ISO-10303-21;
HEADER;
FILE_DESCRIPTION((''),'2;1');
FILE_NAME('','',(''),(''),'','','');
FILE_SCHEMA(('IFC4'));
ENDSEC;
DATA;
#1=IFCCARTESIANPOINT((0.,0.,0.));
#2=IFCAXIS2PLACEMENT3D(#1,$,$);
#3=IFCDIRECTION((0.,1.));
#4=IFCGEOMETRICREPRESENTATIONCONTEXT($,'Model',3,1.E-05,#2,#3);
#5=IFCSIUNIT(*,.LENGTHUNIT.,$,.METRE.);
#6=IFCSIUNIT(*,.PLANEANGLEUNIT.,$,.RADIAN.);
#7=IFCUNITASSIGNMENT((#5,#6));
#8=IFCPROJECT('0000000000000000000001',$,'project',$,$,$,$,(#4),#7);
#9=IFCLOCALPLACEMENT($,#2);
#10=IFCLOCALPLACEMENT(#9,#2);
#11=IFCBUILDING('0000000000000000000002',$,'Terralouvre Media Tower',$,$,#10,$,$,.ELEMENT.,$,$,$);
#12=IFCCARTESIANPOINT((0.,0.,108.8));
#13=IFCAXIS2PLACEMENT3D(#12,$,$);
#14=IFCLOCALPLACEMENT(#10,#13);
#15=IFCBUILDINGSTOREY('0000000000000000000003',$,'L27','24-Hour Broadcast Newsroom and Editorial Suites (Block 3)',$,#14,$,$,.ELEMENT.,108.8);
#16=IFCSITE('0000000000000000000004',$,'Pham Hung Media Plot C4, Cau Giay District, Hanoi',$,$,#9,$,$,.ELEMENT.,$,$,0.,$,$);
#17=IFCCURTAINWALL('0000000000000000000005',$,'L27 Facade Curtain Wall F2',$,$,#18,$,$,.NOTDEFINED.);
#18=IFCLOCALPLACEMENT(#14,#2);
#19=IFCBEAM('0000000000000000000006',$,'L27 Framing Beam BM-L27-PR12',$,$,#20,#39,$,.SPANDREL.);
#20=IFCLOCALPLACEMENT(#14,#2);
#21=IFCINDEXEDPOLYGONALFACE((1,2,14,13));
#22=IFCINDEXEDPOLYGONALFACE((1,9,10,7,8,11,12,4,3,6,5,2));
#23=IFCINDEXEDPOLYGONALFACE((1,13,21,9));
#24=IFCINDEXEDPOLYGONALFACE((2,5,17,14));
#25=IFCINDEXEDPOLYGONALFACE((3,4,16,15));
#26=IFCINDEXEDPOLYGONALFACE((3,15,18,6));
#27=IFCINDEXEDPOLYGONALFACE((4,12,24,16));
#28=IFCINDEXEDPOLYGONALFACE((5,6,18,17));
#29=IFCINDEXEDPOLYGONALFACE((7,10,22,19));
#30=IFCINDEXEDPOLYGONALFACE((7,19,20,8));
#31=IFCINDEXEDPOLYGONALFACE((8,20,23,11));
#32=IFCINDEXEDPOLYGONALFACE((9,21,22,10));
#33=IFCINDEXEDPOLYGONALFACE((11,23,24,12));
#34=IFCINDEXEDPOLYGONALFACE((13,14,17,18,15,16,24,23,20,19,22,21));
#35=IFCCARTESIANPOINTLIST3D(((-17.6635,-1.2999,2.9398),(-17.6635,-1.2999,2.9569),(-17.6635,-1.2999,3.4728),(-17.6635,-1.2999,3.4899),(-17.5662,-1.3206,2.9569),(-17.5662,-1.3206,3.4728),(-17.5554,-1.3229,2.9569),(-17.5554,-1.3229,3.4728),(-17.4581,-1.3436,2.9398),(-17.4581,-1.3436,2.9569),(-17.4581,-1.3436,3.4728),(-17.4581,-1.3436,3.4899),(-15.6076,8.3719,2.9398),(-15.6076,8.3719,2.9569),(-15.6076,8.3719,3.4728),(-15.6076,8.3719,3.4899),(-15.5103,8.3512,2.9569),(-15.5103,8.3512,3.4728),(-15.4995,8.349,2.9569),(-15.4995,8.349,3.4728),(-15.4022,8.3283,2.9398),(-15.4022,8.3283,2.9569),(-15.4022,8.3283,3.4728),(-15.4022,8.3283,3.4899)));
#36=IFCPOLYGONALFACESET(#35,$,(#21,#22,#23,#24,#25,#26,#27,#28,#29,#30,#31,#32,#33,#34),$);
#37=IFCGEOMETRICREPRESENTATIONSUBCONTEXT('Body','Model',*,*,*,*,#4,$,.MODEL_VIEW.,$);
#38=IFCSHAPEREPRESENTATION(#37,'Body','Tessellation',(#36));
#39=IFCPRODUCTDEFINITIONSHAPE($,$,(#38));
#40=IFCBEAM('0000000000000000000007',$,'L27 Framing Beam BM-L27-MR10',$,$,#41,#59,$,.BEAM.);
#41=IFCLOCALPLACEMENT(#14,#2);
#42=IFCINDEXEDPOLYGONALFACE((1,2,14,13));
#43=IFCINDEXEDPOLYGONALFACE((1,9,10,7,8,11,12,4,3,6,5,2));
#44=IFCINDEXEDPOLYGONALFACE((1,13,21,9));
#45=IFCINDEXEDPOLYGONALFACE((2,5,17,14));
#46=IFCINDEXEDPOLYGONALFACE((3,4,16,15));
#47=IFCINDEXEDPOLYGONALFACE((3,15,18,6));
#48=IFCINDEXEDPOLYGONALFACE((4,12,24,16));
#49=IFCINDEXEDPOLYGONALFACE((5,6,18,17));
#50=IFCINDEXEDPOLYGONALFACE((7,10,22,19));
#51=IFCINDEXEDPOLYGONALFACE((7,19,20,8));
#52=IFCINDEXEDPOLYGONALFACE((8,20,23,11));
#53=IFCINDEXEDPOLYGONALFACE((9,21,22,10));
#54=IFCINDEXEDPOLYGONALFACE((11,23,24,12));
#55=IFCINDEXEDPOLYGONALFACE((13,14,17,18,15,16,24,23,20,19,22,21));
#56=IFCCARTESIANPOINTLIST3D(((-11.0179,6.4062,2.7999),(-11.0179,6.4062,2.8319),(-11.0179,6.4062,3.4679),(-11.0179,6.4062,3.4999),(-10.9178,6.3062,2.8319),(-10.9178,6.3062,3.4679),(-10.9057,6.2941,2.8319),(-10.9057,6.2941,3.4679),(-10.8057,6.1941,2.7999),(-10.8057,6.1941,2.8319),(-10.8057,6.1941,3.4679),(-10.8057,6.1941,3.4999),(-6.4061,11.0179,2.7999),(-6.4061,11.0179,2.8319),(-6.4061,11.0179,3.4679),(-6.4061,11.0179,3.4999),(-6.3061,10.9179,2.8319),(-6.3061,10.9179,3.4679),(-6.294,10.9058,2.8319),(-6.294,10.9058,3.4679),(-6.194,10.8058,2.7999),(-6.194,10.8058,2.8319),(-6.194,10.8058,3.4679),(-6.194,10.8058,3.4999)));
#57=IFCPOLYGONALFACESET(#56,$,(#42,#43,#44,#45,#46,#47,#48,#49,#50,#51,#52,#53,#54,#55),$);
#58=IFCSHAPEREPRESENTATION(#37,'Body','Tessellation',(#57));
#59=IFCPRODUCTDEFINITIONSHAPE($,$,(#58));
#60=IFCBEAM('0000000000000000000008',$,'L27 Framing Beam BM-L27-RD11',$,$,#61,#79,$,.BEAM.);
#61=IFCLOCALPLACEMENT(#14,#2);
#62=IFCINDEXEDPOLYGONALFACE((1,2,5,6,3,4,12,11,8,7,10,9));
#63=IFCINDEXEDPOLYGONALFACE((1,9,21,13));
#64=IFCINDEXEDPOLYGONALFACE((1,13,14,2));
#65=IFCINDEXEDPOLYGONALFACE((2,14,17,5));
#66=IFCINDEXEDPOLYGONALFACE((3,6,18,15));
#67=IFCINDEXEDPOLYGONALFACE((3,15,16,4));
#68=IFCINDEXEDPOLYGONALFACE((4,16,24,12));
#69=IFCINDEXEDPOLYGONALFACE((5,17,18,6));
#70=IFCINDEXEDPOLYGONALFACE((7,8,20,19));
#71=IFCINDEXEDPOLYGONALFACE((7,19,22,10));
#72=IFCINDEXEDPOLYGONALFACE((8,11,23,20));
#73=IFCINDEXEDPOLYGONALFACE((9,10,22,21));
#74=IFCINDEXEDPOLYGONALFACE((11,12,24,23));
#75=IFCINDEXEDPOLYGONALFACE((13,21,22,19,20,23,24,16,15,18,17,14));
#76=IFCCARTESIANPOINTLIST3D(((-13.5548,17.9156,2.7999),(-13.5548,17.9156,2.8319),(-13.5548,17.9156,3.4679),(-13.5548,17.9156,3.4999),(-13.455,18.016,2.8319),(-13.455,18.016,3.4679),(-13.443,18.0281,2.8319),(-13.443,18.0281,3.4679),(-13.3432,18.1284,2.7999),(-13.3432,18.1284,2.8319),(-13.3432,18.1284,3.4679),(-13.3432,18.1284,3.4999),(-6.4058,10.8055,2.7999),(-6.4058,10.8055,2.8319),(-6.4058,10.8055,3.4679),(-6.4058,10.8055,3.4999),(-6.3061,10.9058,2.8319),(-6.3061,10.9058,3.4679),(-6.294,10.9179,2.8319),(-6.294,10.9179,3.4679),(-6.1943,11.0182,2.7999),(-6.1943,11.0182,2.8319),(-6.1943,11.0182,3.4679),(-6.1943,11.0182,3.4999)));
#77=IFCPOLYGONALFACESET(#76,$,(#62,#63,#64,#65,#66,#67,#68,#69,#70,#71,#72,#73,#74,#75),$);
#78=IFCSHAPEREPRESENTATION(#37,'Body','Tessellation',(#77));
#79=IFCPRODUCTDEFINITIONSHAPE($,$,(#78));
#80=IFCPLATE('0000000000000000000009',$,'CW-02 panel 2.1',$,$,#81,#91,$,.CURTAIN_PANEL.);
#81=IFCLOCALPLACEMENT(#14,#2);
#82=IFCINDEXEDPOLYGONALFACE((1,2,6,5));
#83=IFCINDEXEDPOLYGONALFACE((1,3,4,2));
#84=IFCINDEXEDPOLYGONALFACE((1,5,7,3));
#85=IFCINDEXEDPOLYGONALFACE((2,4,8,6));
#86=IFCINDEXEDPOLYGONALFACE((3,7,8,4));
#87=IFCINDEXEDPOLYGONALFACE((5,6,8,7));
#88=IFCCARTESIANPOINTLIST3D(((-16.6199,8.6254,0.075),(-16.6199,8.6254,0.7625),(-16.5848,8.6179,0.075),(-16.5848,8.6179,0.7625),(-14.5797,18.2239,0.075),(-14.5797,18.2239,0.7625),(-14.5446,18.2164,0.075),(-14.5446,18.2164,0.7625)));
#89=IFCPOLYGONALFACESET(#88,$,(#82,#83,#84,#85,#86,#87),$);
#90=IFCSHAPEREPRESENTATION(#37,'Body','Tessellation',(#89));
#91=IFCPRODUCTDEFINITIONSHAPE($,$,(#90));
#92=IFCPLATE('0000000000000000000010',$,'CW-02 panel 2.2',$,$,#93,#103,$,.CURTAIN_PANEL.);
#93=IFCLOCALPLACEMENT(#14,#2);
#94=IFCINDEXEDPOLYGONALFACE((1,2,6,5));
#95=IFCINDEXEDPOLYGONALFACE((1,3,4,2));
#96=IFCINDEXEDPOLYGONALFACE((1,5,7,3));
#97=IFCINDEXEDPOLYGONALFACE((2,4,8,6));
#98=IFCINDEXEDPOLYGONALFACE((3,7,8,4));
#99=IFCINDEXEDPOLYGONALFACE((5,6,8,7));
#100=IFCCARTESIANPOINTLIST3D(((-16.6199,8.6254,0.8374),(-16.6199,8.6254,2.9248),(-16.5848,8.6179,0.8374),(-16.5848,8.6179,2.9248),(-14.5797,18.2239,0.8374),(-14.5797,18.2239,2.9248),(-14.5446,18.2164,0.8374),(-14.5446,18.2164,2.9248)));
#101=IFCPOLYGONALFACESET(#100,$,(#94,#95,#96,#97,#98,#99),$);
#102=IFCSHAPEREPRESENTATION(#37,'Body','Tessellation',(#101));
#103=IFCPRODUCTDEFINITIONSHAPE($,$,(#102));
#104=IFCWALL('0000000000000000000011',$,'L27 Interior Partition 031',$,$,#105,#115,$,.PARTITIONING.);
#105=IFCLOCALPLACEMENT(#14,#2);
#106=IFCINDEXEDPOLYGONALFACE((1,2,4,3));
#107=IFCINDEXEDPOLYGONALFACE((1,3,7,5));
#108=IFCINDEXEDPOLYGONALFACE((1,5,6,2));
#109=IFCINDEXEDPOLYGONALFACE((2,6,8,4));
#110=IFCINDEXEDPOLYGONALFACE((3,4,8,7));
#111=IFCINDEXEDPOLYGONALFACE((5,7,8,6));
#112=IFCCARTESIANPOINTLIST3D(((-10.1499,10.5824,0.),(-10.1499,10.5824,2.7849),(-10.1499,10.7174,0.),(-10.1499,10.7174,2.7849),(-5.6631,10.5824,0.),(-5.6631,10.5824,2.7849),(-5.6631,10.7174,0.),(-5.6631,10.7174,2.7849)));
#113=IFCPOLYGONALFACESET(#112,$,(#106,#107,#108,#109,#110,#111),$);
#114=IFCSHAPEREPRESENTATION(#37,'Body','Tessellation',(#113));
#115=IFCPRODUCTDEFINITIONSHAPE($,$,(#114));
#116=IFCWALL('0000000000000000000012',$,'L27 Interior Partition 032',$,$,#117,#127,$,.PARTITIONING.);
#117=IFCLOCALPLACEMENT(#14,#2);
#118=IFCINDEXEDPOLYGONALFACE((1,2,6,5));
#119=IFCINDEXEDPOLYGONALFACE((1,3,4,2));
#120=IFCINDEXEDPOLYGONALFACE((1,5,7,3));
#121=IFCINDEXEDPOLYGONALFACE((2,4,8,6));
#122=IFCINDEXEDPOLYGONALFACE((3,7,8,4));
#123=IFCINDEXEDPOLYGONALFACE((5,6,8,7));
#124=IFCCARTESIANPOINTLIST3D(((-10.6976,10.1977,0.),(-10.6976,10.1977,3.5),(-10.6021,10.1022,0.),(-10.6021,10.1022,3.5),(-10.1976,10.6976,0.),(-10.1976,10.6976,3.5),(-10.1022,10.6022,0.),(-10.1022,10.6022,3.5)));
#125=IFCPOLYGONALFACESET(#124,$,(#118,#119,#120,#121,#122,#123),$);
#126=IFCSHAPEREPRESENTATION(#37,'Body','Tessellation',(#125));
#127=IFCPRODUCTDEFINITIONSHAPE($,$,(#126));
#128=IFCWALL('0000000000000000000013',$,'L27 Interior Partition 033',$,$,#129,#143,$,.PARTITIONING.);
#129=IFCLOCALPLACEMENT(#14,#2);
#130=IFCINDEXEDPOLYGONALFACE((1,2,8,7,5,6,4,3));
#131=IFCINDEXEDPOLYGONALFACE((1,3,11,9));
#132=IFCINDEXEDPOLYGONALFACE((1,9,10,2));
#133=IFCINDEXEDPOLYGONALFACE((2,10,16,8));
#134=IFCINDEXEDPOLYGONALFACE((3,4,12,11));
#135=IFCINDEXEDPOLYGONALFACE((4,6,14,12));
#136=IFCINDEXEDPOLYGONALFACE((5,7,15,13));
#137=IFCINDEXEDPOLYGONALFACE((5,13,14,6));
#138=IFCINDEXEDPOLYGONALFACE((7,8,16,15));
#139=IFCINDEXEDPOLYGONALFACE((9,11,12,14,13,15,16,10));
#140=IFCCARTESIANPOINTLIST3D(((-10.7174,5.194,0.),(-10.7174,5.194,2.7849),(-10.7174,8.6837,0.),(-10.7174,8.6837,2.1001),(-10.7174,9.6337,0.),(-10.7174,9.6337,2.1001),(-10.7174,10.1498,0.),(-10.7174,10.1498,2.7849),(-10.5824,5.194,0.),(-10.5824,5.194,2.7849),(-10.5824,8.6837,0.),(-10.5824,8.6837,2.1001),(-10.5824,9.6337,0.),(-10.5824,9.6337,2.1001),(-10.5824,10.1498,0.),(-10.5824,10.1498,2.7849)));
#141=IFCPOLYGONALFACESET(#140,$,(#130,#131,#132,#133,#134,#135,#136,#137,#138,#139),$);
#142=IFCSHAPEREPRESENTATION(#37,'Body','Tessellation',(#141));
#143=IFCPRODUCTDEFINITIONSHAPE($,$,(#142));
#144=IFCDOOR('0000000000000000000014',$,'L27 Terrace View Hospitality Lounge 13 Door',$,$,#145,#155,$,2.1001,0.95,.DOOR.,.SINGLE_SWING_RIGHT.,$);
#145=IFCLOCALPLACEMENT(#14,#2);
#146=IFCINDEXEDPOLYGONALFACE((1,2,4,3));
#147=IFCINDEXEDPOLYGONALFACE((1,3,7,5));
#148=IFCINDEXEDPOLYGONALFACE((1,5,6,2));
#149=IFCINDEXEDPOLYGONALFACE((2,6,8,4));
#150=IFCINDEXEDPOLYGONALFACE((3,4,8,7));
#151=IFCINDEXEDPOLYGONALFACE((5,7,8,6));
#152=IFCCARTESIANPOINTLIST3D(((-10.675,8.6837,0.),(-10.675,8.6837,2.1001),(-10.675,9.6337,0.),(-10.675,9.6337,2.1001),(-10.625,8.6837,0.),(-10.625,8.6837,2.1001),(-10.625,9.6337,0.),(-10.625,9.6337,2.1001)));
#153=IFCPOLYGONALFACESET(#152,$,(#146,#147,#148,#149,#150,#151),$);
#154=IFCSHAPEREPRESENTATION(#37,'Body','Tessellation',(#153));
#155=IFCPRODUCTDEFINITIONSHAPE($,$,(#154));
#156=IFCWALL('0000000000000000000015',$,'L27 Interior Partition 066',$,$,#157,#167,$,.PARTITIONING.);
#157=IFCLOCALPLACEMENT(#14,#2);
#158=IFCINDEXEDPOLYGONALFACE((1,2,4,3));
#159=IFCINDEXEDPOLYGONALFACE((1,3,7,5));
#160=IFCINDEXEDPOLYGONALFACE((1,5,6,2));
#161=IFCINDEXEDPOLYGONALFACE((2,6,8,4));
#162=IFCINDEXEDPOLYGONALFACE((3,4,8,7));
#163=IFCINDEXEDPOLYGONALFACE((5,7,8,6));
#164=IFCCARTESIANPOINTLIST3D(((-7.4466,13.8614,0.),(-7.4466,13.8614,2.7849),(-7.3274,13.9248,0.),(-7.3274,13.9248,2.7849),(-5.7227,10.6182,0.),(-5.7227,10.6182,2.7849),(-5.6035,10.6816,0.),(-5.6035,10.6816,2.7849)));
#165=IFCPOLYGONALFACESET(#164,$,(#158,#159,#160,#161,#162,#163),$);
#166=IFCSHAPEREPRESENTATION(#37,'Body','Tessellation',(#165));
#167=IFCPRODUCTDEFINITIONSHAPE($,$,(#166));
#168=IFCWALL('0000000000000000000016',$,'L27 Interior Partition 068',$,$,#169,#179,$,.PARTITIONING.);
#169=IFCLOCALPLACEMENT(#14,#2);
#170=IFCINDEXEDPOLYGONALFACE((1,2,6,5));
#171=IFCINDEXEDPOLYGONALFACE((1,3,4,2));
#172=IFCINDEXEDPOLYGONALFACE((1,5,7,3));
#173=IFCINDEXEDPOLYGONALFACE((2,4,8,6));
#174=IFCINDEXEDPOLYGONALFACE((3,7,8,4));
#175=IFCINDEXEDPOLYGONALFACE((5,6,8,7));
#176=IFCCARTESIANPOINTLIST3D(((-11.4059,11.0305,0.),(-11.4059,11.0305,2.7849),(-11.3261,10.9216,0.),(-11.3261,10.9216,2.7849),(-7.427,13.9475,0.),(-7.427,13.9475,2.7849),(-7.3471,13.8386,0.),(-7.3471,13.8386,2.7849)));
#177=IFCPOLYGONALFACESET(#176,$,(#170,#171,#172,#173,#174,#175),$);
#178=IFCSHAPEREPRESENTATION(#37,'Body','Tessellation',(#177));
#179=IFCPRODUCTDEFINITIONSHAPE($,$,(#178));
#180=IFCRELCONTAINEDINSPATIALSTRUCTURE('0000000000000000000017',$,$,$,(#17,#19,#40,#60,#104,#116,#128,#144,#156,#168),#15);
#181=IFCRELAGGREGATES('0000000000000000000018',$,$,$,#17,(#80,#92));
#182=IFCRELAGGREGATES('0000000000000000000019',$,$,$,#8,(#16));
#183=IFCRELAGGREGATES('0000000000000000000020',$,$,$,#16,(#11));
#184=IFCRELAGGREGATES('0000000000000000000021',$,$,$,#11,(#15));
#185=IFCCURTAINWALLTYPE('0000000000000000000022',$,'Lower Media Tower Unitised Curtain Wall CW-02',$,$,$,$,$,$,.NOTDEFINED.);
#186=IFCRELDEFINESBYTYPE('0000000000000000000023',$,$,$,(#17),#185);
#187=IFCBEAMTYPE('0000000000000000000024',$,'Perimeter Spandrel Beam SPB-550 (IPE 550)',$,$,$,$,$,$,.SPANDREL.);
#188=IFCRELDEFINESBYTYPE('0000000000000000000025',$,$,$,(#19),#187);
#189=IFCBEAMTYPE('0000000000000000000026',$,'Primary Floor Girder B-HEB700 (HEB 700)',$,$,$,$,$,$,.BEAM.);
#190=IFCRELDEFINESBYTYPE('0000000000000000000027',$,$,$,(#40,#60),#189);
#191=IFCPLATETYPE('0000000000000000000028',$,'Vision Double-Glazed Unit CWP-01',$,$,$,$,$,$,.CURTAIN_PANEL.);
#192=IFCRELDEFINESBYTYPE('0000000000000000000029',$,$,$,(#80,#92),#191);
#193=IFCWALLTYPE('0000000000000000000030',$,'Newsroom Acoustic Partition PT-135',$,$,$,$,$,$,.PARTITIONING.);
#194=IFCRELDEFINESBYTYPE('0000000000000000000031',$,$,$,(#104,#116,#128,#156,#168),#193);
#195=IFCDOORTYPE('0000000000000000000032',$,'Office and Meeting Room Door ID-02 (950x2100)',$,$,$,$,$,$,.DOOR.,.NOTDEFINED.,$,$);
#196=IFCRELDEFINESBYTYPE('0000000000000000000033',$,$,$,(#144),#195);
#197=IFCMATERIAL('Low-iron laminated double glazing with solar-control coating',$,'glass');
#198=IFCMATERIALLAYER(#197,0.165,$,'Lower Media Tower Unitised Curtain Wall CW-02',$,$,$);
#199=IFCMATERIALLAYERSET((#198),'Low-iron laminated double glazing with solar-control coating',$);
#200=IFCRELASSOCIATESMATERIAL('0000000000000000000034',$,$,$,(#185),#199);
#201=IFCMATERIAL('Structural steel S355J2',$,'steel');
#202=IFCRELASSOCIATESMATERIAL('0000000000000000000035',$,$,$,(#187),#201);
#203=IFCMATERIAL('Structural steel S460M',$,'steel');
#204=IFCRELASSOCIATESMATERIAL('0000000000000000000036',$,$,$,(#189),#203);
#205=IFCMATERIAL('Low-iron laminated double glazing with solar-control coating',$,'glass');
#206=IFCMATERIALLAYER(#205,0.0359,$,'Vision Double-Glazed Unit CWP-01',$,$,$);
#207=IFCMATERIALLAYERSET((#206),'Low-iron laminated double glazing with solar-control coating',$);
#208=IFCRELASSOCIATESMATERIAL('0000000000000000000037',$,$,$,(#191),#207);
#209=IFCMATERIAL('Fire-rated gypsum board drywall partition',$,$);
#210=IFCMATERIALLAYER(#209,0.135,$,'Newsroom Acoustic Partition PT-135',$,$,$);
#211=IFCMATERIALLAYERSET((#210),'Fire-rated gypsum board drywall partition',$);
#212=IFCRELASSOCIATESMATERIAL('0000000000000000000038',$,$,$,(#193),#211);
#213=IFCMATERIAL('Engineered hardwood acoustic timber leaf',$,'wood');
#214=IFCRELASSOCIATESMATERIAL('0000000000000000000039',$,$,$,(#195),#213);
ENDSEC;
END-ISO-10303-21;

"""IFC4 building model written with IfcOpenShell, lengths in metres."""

from ifc_helpers import new_model, si_unit, direction, frame, frame_2d, origin, origin_2d, place, context, subcontext, project, spatial, rectangle, i_section, extrude, material, layer, layer_set, material_profile, profile_set, type_object, element, fill, aggregate, save


model = new_model("IFC4")

# Units and contexts
model_context = context("Model", 3, precision=1e-05, world=origin(), true_north=direction((0.0, 1.0)))
body_context = subcontext(model_context, "Body", "Model", "MODEL_VIEW")
ifc_project = project(units=[si_unit("LENGTHUNIT", "METRE"), si_unit("PLANEANGLEUNIT", "RADIAN")], contexts=[model_context])

# Site, building, storey
site_placement = place(None, origin())
site = spatial("IfcSite", under=ifc_project, at=site_placement, Name="Pham Hung Media Plot C4, Cau Giay District, Hanoi", CompositionType="ELEMENT", RefElevation=0.0)
building_placement = place(site_placement, origin())
building = spatial("IfcBuilding", under=site, at=building_placement, Name="Terralouvre Media Tower", CompositionType="ELEMENT")
storey_placement = place(building_placement, frame((0.0, 0.0, 108.8)))
storey = spatial("IfcBuildingStorey", under=building, at=storey_placement, Name="L27", Description="24-Hour Broadcast Newsroom and Editorial Suites (Block 3)", CompositionType="ELEMENT", Elevation=108.8)

# Curtain wall
ifc_material_1 = material(Name="Low-iron laminated double glazing with solar-control coating", Category="glass")
ifc_layer_1 = layer(ifc_material_1, 0.165, Name="Lower Media Tower Unitised Curtain Wall CW-02")
ifc_layer_set_1 = layer_set([ifc_layer_1], Name="Low-iron laminated double glazing with solar-control coating")
curtain_wall_type = type_object("IfcCurtainWallType", Name="Lower Media Tower Unitised Curtain Wall CW-02", PredefinedType="NOTDEFINED", material=ifc_layer_set_1)
curtain_wall_placement = place(storey_placement, origin())
curtain_wall = element("IfcCurtainWall", 1, at=curtain_wall_placement, inside=storey, type_object=curtain_wall_type, Name="L27 Facade Curtain Wall F2", PredefinedType="NOTDEFINED")

# Beams
ifc_material_2 = material(Name="Structural steel S355J2", Category="steel")
ifc_material_profile_1 = material_profile(ifc_material_2, i_section(OverallWidth=0.21, OverallDepth=0.55, WebThickness=0.011, FlangeThickness=0.0171, at=origin_2d()), Name="IPE 550")
ifc_profile_set_1 = profile_set([ifc_material_profile_1], Name="Structural steel S355J2")
beam_type_1 = type_object("IfcBeamType", Name="Perimeter Spandrel Beam SPB-550 (IPE 550)", PredefinedType="SPANDREL", material=ifc_profile_set_1)
for number, where, z_axis, x_axis, name in (
    (2, (-15.5049, 8.3501, 3.2148), (-0.20792, -0.978146, 0.0), (0.978146, -0.20792, 0.0), "L27 Framing Beam BM-L27-PR12"),
):
    element("IfcBeam", number, at=place(storey_placement, frame(where, z_axis=z_axis, x_axis=x_axis)), inside=storey, type_object=beam_type_1, Name=name, PredefinedType="SPANDREL", context=body_context, shape_type="SweptSolid", body=[
        extrude(i_section(OverallWidth=0.21, OverallDepth=0.55, WebThickness=0.011, FlangeThickness=0.0171, at=origin_2d()), origin(), (0.0, 0.0, 1.0), 9.8879),
    ])
ifc_material_3 = material(Name="Structural steel S460M", Category="steel")
ifc_material_profile_2 = material_profile(ifc_material_3, i_section(OverallWidth=0.3, OverallDepth=0.7, WebThickness=0.0171, FlangeThickness=0.032, at=origin_2d()), Name="HEB 700")
ifc_profile_set_2 = profile_set([ifc_material_profile_2], Name="Structural steel S460M")
beam_type_2 = type_object("IfcBeamType", Name="Primary Floor Girder B-HEB700 (HEB 700)", PredefinedType="BEAM", material=ifc_profile_set_2)
beam_1_placement = place(storey_placement, frame((-6.3, 10.9119, 3.1499), z_axis=(-0.707107, -0.707107, 0.0), x_axis=(0.707107, -0.707107, 0.0)))
element("IfcBeam", 3, at=beam_1_placement, inside=storey, type_object=beam_type_2, Name="L27 Framing Beam BM-L27-MR10", PredefinedType="BEAM", context=body_context, shape_type="SweptSolid", body=[
    extrude(i_section(OverallWidth=0.3, OverallDepth=0.7, WebThickness=0.0171, FlangeThickness=0.032, at=origin_2d()), origin(), (0.0, 0.0, 1.0), 6.522),
])
beam_2_placement = place(storey_placement, frame((-6.3, 10.9119, 3.1499), z_axis=(-0.709029, 0.705179, 0.0), x_axis=(-0.705179, -0.709029, 0.0)))
element("IfcBeam", 4, at=beam_2_placement, inside=storey, type_object=beam_type_2, Name="L27 Framing Beam BM-L27-RD11", PredefinedType="BEAM", context=body_context, shape_type="SweptSolid", body=[
    extrude(i_section(OverallWidth=0.3, OverallDepth=0.7, WebThickness=0.0171, FlangeThickness=0.032, at=origin_2d()), origin(), (0.0, 0.0, 1.0), 10.0828),
])

# Plates
ifc_material_4 = material(Name="Low-iron laminated double glazing with solar-control coating", Category="glass")
ifc_layer_2 = layer(ifc_material_4, 0.0359, Name="Vision Double-Glazed Unit CWP-01")
ifc_layer_set_2 = layer_set([ifc_layer_2], Name="Low-iron laminated double glazing with solar-control coating")
plate_type = type_object("IfcPlateType", Name="Vision Double-Glazed Unit CWP-01", PredefinedType="CURTAIN_PANEL", material=ifc_layer_set_2)
plate_1_placement = place(storey_placement, frame((-15.5823, 13.4209, 0.075), z_axis=(0.0, 0.0, 1.0), x_axis=(-0.207912, -0.978148, 0.0)))
plate_1 = element("IfcPlate", 5, at=plate_1_placement, type_object=plate_type, Name="CW-02 panel 2.1", PredefinedType="CURTAIN_PANEL", context=body_context, shape_type="SweptSolid", body=[
    extrude(rectangle(XDim=9.813, YDim=0.0359, at=origin_2d()), origin(), (0.0, 0.0, 1.0), 0.6875),
])
plate_2_placement = place(storey_placement, frame((-15.5823, 13.4209, 0.8374), z_axis=(0.0, 0.0, 1.0), x_axis=(-0.207912, -0.978148, 0.0)))
plate_2 = element("IfcPlate", 6, at=plate_2_placement, type_object=plate_type, Name="CW-02 panel 2.2", PredefinedType="CURTAIN_PANEL", context=body_context, shape_type="SweptSolid", body=[
    extrude(rectangle(XDim=9.813, YDim=0.0359, at=origin_2d()), origin(), (0.0, 0.0, 1.0), 2.0874),
])
aggregate(curtain_wall, [plate_1, plate_2])

# Walls
ifc_material_5 = material(Name="Fire-rated gypsum board drywall partition")
ifc_layer_3 = layer(ifc_material_5, 0.135, Name="Newsroom Acoustic Partition PT-135")
ifc_layer_set_3 = layer_set([ifc_layer_3], Name="Fire-rated gypsum board drywall partition")
wall_type = type_object("IfcWallType", Name="Newsroom Acoustic Partition PT-135", PredefinedType="PARTITIONING", material=ifc_layer_set_3)
wall_1_placement = place(storey_placement, frame((-5.6631, 10.6499, 0.0), z_axis=(0.0, 0.0, 1.0), x_axis=(-1.0, 0.0, 0.0)))
element("IfcWall", 7, at=wall_1_placement, inside=storey, type_object=wall_type, Name="L27 Interior Partition 031", PredefinedType="PARTITIONING", context=body_context, shape_type="SweptSolid", body=[
    extrude(rectangle(XDim=4.4868, YDim=0.135, at=frame_2d((2.2434, 0.0))), origin(), (0.0, 0.0, 1.0), 2.7849),
])
wall_2_placement = place(storey_placement, frame((-10.1499, 10.6499, 0.0), z_axis=(0.0, 0.0, 1.0), x_axis=(-0.707107, -0.707107, 0.0)))
element("IfcWall", 8, at=wall_2_placement, inside=storey, type_object=wall_type, Name="L27 Interior Partition 032", PredefinedType="PARTITIONING", context=body_context, shape_type="SweptSolid", body=[
    extrude(rectangle(XDim=0.707, YDim=0.135, at=frame_2d((0.3535, 0.0))), origin(), (0.0, 0.0, 1.0), 3.5),
])

# Wall, opening, door
wall_3_placement = place(storey_placement, frame((-10.6499, 10.1499, 0.0), z_axis=(0.0, 0.0, 1.0), x_axis=(0.0, -1.0, 0.0)))
wall_3 = element("IfcWall", 9, at=wall_3_placement, inside=storey, type_object=wall_type, Name="L27 Interior Partition 033", PredefinedType="PARTITIONING", context=body_context, shape_type="SweptSolid", body=[
    extrude(rectangle(XDim=4.9558, YDim=0.135, at=frame_2d((2.478, 0.0))), origin(), (0.0, 0.0, 1.0), 2.7849),
])
opening_placement = place(wall_3_placement, frame((0.5161, 0.0, 0.0)))
opening = element("IfcOpeningElement", 10, at=opening_placement, cuts=wall_3, PredefinedType="OPENING", context=body_context, shape_type="SweptSolid", body=[
    extrude(rectangle(XDim=0.95, YDim=2.1001, at=frame_2d((0.4751, 1.05))), frame((0.0, 0.0774, 0.0), z_axis=(0.0, -1.0, 0.0), x_axis=(1.0, 0.0, 0.0)), (0.0, 0.0, 1.0), 0.155),
])
ifc_material_6 = material(Name="Engineered hardwood acoustic timber leaf", Category="wood")
door_type = type_object("IfcDoorType", Name="Office and Meeting Room Door ID-02 (950x2100)", OperationType="NOTDEFINED", PredefinedType="DOOR", material=ifc_material_6)
door_placement = place(opening_placement, origin())
door = element("IfcDoor", 11, at=door_placement, inside=storey, type_object=door_type, Name="L27 Terrace View Hospitality Lounge 13 Door", OperationType="SINGLE_SWING_RIGHT", OverallHeight=2.1001, OverallWidth=0.95, PredefinedType="DOOR", context=body_context, shape_type="SweptSolid", body=[
    extrude(rectangle(XDim=0.95, YDim=2.1001, at=frame_2d((0.4751, 1.05))), frame((0.0, 0.0249, 0.0), z_axis=(0.0, -1.0, 0.0), x_axis=(1.0, 0.0, 0.0)), (0.0, 0.0, 1.0), 0.05),
])
fill(opening, door)

# Walls
wall_4_placement = place(storey_placement, frame((-7.387, 13.8931, 0.0), z_axis=(0.0, 0.0, 1.0), x_axis=(0.469356, -0.883009, 0.0)))
element("IfcWall", 12, at=wall_4_placement, inside=storey, type_object=wall_type, Name="L27 Interior Partition 066", PredefinedType="PARTITIONING", context=body_context, shape_type="SweptSolid", body=[
    extrude(rectangle(XDim=3.6729, YDim=0.135, at=frame_2d((1.8364, 0.0))), origin(), (0.0, 0.0, 1.0), 2.7849),
])
wall_5_placement = place(storey_placement, frame((-11.366, 10.9761, 0.0), z_axis=(0.0, 0.0, 1.0), x_axis=(0.806496, 0.591239, 0.0)))
element("IfcWall", 13, at=wall_5_placement, inside=storey, type_object=wall_type, Name="L27 Interior Partition 068", PredefinedType="PARTITIONING", context=body_context, shape_type="SweptSolid", body=[
    extrude(rectangle(XDim=4.9336, YDim=0.135, at=frame_2d((2.4668, 0.0))), origin(), (0.0, 0.0, 1.0), 2.7849),
])

save(model, "model.ifc")
